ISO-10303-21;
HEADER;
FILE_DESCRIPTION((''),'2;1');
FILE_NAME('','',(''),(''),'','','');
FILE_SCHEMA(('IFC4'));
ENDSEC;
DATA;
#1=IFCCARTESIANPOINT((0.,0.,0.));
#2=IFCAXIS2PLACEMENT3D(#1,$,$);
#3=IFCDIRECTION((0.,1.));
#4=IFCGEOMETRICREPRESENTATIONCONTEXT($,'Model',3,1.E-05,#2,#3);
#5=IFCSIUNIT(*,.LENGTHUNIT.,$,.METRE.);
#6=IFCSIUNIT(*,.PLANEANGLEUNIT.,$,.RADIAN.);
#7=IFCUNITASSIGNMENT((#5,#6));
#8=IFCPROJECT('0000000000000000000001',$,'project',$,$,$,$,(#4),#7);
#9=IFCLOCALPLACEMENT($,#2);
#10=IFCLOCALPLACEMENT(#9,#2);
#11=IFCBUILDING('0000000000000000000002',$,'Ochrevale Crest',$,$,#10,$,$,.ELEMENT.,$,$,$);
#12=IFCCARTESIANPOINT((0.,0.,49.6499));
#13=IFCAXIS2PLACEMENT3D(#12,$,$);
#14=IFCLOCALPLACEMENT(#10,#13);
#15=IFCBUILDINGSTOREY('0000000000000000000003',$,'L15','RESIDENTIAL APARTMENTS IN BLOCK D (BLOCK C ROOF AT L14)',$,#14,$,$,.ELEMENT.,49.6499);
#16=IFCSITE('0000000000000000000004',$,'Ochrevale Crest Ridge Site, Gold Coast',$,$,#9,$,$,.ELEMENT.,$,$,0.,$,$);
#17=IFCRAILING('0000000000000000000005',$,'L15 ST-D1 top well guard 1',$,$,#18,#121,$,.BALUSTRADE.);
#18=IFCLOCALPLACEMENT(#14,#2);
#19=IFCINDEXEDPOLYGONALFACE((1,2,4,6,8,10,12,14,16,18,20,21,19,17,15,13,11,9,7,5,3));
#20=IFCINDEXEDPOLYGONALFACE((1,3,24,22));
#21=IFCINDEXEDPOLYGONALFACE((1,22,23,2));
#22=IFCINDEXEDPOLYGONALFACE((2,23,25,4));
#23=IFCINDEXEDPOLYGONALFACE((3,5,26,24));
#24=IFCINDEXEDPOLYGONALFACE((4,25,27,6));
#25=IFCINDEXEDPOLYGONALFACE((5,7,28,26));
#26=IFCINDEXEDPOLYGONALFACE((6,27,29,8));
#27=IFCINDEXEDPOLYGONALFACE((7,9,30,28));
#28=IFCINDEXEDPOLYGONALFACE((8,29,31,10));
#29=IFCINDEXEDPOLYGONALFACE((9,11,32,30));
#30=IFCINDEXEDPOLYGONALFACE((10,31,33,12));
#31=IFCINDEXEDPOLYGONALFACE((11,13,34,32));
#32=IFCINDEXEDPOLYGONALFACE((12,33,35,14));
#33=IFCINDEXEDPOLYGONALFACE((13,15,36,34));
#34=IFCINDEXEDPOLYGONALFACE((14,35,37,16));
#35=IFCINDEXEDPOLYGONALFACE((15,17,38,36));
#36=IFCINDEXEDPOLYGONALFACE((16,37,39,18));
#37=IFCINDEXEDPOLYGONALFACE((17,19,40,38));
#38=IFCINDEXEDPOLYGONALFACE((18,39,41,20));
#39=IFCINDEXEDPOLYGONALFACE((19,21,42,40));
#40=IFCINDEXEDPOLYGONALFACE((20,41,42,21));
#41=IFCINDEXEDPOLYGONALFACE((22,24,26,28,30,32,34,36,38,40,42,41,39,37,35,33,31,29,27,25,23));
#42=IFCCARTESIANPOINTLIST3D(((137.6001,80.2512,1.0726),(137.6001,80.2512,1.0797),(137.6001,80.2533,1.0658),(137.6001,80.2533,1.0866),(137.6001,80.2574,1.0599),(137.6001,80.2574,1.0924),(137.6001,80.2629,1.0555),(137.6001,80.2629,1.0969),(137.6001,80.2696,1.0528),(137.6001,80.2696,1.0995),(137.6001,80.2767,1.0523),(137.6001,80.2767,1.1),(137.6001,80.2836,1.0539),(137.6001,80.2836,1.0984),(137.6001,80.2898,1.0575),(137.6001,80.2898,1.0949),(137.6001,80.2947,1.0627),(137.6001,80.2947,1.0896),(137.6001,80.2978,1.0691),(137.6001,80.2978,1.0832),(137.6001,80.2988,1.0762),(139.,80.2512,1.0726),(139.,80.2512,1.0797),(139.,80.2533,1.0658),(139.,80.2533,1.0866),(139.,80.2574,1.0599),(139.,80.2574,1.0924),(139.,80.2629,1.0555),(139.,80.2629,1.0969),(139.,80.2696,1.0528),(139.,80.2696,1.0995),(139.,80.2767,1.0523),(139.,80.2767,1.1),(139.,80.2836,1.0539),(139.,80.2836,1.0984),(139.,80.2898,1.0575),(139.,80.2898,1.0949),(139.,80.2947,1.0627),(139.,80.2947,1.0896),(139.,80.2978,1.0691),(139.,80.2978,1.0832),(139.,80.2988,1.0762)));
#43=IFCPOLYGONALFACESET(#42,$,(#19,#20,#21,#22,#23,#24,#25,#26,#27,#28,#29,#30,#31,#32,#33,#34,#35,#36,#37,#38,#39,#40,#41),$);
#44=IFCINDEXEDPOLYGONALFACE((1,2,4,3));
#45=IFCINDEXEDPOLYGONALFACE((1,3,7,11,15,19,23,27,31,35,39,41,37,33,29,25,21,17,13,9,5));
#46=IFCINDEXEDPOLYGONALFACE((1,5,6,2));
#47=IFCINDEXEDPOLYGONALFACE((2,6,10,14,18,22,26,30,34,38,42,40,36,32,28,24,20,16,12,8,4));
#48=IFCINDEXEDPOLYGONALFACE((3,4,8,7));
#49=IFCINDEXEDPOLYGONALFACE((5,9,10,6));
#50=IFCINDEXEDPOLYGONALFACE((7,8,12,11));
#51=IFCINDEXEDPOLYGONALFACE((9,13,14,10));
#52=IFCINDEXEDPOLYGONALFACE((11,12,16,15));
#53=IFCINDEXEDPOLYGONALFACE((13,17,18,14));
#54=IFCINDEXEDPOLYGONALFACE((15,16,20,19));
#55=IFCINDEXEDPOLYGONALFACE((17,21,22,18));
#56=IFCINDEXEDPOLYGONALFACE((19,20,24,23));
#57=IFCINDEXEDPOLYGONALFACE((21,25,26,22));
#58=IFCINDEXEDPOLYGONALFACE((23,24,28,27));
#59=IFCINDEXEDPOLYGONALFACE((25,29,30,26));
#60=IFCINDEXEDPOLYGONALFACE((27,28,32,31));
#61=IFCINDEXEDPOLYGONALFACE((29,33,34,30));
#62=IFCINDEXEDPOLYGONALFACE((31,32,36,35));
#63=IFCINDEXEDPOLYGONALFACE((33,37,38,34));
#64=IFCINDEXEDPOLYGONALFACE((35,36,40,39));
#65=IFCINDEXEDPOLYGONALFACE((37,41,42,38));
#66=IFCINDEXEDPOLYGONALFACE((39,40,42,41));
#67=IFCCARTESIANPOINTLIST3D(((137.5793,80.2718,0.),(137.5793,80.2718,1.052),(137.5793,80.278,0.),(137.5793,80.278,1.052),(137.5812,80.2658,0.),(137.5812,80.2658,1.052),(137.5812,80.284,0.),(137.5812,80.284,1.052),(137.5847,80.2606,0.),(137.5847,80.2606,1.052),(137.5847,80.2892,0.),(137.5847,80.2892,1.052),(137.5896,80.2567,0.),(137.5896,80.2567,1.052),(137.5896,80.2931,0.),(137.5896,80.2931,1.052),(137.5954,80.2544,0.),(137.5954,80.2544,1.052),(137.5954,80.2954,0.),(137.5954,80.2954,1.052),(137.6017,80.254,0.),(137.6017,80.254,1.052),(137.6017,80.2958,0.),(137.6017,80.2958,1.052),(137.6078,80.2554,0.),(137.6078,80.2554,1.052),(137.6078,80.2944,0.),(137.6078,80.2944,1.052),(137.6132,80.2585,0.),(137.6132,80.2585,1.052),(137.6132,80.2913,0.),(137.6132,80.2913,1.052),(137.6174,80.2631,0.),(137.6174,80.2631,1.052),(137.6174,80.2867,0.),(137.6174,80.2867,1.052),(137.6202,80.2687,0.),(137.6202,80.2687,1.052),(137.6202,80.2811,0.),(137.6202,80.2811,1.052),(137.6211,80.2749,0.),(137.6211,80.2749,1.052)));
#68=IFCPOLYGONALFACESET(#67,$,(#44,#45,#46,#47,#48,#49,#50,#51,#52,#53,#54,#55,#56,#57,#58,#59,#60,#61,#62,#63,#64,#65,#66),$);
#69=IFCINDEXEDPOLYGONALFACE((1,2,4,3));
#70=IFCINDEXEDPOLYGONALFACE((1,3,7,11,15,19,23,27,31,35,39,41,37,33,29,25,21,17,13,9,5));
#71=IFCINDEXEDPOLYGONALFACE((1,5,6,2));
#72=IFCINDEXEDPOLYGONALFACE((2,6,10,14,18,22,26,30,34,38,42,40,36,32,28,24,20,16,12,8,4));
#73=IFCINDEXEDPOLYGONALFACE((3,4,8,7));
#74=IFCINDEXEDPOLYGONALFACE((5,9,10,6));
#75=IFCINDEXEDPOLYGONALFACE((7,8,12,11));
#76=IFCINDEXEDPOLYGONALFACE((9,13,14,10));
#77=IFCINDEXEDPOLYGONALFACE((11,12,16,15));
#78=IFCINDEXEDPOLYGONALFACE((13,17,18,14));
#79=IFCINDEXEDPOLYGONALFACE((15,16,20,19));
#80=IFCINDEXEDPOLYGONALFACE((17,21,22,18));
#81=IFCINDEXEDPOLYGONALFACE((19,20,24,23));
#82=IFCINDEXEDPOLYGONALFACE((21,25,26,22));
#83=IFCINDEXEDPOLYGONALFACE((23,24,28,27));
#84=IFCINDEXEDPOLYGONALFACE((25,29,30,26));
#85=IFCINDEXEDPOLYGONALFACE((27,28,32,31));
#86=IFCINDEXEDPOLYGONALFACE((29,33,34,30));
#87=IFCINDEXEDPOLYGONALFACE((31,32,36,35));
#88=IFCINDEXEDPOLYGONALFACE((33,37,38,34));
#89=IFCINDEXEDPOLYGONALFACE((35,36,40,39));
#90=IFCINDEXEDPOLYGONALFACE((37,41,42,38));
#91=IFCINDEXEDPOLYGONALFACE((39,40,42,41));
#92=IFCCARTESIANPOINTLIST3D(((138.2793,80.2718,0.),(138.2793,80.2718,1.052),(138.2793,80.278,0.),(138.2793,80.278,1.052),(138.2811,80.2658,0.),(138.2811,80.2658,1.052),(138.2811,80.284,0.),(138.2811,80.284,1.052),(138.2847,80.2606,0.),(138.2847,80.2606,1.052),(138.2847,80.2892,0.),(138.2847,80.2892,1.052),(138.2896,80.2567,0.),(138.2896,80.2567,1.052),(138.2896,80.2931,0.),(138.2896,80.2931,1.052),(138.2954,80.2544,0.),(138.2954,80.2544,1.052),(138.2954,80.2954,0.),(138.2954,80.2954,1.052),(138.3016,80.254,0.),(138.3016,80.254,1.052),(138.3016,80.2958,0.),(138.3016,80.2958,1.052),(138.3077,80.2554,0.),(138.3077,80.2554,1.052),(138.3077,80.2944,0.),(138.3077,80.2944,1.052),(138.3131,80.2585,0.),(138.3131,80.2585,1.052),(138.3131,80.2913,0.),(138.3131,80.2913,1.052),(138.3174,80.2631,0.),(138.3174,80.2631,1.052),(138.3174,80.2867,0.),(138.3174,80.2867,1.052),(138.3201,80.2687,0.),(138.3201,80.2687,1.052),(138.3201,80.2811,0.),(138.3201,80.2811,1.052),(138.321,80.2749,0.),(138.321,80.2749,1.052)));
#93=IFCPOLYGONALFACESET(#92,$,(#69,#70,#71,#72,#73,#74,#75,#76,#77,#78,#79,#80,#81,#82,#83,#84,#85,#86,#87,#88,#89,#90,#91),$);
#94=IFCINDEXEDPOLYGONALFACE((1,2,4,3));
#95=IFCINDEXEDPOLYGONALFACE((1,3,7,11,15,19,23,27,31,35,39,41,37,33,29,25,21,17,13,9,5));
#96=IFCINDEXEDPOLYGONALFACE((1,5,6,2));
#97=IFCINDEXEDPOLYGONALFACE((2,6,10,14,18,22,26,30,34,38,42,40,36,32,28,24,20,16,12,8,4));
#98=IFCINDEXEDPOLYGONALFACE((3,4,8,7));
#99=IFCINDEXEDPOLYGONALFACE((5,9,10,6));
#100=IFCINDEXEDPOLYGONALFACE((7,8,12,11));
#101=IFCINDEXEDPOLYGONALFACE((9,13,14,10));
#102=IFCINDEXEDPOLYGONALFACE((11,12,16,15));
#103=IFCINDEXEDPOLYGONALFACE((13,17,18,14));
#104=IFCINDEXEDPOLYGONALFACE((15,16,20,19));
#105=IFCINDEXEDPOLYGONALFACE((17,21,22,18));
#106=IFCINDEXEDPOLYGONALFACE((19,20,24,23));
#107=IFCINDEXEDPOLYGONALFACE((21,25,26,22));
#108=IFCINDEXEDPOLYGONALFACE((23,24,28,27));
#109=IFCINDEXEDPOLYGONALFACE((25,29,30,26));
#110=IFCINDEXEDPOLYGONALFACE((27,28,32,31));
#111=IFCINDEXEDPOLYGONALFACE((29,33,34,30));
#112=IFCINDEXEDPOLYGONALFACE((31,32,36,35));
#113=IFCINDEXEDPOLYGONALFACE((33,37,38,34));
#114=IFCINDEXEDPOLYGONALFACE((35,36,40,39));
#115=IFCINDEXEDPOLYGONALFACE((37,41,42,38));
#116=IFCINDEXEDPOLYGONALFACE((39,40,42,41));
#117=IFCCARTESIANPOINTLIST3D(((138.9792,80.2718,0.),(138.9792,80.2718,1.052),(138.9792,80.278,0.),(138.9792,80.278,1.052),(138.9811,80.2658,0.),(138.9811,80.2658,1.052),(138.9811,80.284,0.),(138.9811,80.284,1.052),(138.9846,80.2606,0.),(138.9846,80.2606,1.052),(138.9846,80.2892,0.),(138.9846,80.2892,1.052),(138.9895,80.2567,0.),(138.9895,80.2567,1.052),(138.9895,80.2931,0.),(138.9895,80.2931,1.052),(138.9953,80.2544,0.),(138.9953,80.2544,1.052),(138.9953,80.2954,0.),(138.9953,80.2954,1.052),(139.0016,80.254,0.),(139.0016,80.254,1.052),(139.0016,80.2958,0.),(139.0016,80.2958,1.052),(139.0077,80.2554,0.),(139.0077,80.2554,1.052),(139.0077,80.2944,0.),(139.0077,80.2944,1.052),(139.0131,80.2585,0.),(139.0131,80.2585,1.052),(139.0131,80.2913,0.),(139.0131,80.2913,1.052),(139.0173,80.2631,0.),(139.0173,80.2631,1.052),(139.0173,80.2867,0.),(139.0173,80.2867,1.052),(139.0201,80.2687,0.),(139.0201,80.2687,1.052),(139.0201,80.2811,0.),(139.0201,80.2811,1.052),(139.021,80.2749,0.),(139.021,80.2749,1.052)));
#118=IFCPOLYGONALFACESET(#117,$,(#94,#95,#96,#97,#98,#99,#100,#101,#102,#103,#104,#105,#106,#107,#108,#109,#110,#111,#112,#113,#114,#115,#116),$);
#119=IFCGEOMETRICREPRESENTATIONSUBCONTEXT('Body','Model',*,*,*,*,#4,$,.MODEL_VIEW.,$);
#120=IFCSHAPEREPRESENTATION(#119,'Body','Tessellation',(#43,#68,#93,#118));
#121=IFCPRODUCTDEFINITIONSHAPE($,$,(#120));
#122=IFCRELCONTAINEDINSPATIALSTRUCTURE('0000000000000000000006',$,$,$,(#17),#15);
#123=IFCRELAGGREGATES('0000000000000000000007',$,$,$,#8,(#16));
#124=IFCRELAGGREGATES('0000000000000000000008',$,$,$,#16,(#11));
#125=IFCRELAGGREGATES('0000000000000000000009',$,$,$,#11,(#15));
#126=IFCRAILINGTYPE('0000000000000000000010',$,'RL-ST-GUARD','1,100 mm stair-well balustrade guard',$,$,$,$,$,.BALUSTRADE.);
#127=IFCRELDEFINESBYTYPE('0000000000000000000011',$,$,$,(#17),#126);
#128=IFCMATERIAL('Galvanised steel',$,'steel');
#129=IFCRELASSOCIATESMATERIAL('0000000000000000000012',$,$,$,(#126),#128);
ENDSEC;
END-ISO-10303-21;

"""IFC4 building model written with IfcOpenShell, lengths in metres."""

from ifc_helpers import new_model, si_unit, direction, frame, origin, origin_2d, place, context, subcontext, project, spatial, circle, extrude, material, type_object, element, save


model = new_model("IFC4")

# Units and contexts
model_context = context("Model", 3, precision=1e-05, world=origin(), true_north=direction((0.0, 1.0)))
body_context = subcontext(model_context, "Body", "Model", "MODEL_VIEW")
ifc_project = project(units=[si_unit("LENGTHUNIT", "METRE"), si_unit("PLANEANGLEUNIT", "RADIAN")], contexts=[model_context])

# Site, building, storey
site_placement = place(None, origin())
site = spatial("IfcSite", under=ifc_project, at=site_placement, Name="Ochrevale Crest Ridge Site, Gold Coast", CompositionType="ELEMENT", RefElevation=0.0)
building_placement = place(site_placement, origin())
building = spatial("IfcBuilding", under=site, at=building_placement, Name="Ochrevale Crest", CompositionType="ELEMENT")
storey_placement = place(building_placement, frame((0.0, 0.0, 49.6499)))
storey = spatial("IfcBuildingStorey", under=building, at=storey_placement, Name="L15", Description="RESIDENTIAL APARTMENTS IN BLOCK D (BLOCK C ROOF AT L14)", CompositionType="ELEMENT", Elevation=49.6499)

# Railing
ifc_material_1 = material(Name="Galvanised steel", Category="steel")
railing_type = type_object("IfcRailingType", Name="RL-ST-GUARD", Description="1,100 mm stair-well balustrade guard", PredefinedType="BALUSTRADE", material=ifc_material_1)
railing_placement = place(storey_placement, frame((137.6001, 80.2749, 0.0)))
element("IfcRailing", 1, at=railing_placement, inside=storey, type_object=railing_type, Name="L15 ST-D1 top well guard 1", PredefinedType="BALUSTRADE", context=body_context, shape_type="SweptSolid", body=[
    extrude(circle(Radius=0.0239, at=origin_2d()), frame((0.0, 0.0, 1.0762), z_axis=(1.0, 0.0, 0.0), x_axis=(0.0, 1.0, 0.0)), (0.0, 0.0, 1.0), 1.3999),
    extrude(circle(Radius=0.021, at=origin_2d()), origin(), (0.0, 0.0, 1.0), 1.052),
    extrude(circle(Radius=0.021, at=origin_2d()), frame((0.7, 0.0, 0.0)), (0.0, 0.0, 1.0), 1.052),
    extrude(circle(Radius=0.021, at=origin_2d()), frame((1.3999, 0.0, 0.0)), (0.0, 0.0, 1.0), 1.052),
])

save(model, "model.ifc")
